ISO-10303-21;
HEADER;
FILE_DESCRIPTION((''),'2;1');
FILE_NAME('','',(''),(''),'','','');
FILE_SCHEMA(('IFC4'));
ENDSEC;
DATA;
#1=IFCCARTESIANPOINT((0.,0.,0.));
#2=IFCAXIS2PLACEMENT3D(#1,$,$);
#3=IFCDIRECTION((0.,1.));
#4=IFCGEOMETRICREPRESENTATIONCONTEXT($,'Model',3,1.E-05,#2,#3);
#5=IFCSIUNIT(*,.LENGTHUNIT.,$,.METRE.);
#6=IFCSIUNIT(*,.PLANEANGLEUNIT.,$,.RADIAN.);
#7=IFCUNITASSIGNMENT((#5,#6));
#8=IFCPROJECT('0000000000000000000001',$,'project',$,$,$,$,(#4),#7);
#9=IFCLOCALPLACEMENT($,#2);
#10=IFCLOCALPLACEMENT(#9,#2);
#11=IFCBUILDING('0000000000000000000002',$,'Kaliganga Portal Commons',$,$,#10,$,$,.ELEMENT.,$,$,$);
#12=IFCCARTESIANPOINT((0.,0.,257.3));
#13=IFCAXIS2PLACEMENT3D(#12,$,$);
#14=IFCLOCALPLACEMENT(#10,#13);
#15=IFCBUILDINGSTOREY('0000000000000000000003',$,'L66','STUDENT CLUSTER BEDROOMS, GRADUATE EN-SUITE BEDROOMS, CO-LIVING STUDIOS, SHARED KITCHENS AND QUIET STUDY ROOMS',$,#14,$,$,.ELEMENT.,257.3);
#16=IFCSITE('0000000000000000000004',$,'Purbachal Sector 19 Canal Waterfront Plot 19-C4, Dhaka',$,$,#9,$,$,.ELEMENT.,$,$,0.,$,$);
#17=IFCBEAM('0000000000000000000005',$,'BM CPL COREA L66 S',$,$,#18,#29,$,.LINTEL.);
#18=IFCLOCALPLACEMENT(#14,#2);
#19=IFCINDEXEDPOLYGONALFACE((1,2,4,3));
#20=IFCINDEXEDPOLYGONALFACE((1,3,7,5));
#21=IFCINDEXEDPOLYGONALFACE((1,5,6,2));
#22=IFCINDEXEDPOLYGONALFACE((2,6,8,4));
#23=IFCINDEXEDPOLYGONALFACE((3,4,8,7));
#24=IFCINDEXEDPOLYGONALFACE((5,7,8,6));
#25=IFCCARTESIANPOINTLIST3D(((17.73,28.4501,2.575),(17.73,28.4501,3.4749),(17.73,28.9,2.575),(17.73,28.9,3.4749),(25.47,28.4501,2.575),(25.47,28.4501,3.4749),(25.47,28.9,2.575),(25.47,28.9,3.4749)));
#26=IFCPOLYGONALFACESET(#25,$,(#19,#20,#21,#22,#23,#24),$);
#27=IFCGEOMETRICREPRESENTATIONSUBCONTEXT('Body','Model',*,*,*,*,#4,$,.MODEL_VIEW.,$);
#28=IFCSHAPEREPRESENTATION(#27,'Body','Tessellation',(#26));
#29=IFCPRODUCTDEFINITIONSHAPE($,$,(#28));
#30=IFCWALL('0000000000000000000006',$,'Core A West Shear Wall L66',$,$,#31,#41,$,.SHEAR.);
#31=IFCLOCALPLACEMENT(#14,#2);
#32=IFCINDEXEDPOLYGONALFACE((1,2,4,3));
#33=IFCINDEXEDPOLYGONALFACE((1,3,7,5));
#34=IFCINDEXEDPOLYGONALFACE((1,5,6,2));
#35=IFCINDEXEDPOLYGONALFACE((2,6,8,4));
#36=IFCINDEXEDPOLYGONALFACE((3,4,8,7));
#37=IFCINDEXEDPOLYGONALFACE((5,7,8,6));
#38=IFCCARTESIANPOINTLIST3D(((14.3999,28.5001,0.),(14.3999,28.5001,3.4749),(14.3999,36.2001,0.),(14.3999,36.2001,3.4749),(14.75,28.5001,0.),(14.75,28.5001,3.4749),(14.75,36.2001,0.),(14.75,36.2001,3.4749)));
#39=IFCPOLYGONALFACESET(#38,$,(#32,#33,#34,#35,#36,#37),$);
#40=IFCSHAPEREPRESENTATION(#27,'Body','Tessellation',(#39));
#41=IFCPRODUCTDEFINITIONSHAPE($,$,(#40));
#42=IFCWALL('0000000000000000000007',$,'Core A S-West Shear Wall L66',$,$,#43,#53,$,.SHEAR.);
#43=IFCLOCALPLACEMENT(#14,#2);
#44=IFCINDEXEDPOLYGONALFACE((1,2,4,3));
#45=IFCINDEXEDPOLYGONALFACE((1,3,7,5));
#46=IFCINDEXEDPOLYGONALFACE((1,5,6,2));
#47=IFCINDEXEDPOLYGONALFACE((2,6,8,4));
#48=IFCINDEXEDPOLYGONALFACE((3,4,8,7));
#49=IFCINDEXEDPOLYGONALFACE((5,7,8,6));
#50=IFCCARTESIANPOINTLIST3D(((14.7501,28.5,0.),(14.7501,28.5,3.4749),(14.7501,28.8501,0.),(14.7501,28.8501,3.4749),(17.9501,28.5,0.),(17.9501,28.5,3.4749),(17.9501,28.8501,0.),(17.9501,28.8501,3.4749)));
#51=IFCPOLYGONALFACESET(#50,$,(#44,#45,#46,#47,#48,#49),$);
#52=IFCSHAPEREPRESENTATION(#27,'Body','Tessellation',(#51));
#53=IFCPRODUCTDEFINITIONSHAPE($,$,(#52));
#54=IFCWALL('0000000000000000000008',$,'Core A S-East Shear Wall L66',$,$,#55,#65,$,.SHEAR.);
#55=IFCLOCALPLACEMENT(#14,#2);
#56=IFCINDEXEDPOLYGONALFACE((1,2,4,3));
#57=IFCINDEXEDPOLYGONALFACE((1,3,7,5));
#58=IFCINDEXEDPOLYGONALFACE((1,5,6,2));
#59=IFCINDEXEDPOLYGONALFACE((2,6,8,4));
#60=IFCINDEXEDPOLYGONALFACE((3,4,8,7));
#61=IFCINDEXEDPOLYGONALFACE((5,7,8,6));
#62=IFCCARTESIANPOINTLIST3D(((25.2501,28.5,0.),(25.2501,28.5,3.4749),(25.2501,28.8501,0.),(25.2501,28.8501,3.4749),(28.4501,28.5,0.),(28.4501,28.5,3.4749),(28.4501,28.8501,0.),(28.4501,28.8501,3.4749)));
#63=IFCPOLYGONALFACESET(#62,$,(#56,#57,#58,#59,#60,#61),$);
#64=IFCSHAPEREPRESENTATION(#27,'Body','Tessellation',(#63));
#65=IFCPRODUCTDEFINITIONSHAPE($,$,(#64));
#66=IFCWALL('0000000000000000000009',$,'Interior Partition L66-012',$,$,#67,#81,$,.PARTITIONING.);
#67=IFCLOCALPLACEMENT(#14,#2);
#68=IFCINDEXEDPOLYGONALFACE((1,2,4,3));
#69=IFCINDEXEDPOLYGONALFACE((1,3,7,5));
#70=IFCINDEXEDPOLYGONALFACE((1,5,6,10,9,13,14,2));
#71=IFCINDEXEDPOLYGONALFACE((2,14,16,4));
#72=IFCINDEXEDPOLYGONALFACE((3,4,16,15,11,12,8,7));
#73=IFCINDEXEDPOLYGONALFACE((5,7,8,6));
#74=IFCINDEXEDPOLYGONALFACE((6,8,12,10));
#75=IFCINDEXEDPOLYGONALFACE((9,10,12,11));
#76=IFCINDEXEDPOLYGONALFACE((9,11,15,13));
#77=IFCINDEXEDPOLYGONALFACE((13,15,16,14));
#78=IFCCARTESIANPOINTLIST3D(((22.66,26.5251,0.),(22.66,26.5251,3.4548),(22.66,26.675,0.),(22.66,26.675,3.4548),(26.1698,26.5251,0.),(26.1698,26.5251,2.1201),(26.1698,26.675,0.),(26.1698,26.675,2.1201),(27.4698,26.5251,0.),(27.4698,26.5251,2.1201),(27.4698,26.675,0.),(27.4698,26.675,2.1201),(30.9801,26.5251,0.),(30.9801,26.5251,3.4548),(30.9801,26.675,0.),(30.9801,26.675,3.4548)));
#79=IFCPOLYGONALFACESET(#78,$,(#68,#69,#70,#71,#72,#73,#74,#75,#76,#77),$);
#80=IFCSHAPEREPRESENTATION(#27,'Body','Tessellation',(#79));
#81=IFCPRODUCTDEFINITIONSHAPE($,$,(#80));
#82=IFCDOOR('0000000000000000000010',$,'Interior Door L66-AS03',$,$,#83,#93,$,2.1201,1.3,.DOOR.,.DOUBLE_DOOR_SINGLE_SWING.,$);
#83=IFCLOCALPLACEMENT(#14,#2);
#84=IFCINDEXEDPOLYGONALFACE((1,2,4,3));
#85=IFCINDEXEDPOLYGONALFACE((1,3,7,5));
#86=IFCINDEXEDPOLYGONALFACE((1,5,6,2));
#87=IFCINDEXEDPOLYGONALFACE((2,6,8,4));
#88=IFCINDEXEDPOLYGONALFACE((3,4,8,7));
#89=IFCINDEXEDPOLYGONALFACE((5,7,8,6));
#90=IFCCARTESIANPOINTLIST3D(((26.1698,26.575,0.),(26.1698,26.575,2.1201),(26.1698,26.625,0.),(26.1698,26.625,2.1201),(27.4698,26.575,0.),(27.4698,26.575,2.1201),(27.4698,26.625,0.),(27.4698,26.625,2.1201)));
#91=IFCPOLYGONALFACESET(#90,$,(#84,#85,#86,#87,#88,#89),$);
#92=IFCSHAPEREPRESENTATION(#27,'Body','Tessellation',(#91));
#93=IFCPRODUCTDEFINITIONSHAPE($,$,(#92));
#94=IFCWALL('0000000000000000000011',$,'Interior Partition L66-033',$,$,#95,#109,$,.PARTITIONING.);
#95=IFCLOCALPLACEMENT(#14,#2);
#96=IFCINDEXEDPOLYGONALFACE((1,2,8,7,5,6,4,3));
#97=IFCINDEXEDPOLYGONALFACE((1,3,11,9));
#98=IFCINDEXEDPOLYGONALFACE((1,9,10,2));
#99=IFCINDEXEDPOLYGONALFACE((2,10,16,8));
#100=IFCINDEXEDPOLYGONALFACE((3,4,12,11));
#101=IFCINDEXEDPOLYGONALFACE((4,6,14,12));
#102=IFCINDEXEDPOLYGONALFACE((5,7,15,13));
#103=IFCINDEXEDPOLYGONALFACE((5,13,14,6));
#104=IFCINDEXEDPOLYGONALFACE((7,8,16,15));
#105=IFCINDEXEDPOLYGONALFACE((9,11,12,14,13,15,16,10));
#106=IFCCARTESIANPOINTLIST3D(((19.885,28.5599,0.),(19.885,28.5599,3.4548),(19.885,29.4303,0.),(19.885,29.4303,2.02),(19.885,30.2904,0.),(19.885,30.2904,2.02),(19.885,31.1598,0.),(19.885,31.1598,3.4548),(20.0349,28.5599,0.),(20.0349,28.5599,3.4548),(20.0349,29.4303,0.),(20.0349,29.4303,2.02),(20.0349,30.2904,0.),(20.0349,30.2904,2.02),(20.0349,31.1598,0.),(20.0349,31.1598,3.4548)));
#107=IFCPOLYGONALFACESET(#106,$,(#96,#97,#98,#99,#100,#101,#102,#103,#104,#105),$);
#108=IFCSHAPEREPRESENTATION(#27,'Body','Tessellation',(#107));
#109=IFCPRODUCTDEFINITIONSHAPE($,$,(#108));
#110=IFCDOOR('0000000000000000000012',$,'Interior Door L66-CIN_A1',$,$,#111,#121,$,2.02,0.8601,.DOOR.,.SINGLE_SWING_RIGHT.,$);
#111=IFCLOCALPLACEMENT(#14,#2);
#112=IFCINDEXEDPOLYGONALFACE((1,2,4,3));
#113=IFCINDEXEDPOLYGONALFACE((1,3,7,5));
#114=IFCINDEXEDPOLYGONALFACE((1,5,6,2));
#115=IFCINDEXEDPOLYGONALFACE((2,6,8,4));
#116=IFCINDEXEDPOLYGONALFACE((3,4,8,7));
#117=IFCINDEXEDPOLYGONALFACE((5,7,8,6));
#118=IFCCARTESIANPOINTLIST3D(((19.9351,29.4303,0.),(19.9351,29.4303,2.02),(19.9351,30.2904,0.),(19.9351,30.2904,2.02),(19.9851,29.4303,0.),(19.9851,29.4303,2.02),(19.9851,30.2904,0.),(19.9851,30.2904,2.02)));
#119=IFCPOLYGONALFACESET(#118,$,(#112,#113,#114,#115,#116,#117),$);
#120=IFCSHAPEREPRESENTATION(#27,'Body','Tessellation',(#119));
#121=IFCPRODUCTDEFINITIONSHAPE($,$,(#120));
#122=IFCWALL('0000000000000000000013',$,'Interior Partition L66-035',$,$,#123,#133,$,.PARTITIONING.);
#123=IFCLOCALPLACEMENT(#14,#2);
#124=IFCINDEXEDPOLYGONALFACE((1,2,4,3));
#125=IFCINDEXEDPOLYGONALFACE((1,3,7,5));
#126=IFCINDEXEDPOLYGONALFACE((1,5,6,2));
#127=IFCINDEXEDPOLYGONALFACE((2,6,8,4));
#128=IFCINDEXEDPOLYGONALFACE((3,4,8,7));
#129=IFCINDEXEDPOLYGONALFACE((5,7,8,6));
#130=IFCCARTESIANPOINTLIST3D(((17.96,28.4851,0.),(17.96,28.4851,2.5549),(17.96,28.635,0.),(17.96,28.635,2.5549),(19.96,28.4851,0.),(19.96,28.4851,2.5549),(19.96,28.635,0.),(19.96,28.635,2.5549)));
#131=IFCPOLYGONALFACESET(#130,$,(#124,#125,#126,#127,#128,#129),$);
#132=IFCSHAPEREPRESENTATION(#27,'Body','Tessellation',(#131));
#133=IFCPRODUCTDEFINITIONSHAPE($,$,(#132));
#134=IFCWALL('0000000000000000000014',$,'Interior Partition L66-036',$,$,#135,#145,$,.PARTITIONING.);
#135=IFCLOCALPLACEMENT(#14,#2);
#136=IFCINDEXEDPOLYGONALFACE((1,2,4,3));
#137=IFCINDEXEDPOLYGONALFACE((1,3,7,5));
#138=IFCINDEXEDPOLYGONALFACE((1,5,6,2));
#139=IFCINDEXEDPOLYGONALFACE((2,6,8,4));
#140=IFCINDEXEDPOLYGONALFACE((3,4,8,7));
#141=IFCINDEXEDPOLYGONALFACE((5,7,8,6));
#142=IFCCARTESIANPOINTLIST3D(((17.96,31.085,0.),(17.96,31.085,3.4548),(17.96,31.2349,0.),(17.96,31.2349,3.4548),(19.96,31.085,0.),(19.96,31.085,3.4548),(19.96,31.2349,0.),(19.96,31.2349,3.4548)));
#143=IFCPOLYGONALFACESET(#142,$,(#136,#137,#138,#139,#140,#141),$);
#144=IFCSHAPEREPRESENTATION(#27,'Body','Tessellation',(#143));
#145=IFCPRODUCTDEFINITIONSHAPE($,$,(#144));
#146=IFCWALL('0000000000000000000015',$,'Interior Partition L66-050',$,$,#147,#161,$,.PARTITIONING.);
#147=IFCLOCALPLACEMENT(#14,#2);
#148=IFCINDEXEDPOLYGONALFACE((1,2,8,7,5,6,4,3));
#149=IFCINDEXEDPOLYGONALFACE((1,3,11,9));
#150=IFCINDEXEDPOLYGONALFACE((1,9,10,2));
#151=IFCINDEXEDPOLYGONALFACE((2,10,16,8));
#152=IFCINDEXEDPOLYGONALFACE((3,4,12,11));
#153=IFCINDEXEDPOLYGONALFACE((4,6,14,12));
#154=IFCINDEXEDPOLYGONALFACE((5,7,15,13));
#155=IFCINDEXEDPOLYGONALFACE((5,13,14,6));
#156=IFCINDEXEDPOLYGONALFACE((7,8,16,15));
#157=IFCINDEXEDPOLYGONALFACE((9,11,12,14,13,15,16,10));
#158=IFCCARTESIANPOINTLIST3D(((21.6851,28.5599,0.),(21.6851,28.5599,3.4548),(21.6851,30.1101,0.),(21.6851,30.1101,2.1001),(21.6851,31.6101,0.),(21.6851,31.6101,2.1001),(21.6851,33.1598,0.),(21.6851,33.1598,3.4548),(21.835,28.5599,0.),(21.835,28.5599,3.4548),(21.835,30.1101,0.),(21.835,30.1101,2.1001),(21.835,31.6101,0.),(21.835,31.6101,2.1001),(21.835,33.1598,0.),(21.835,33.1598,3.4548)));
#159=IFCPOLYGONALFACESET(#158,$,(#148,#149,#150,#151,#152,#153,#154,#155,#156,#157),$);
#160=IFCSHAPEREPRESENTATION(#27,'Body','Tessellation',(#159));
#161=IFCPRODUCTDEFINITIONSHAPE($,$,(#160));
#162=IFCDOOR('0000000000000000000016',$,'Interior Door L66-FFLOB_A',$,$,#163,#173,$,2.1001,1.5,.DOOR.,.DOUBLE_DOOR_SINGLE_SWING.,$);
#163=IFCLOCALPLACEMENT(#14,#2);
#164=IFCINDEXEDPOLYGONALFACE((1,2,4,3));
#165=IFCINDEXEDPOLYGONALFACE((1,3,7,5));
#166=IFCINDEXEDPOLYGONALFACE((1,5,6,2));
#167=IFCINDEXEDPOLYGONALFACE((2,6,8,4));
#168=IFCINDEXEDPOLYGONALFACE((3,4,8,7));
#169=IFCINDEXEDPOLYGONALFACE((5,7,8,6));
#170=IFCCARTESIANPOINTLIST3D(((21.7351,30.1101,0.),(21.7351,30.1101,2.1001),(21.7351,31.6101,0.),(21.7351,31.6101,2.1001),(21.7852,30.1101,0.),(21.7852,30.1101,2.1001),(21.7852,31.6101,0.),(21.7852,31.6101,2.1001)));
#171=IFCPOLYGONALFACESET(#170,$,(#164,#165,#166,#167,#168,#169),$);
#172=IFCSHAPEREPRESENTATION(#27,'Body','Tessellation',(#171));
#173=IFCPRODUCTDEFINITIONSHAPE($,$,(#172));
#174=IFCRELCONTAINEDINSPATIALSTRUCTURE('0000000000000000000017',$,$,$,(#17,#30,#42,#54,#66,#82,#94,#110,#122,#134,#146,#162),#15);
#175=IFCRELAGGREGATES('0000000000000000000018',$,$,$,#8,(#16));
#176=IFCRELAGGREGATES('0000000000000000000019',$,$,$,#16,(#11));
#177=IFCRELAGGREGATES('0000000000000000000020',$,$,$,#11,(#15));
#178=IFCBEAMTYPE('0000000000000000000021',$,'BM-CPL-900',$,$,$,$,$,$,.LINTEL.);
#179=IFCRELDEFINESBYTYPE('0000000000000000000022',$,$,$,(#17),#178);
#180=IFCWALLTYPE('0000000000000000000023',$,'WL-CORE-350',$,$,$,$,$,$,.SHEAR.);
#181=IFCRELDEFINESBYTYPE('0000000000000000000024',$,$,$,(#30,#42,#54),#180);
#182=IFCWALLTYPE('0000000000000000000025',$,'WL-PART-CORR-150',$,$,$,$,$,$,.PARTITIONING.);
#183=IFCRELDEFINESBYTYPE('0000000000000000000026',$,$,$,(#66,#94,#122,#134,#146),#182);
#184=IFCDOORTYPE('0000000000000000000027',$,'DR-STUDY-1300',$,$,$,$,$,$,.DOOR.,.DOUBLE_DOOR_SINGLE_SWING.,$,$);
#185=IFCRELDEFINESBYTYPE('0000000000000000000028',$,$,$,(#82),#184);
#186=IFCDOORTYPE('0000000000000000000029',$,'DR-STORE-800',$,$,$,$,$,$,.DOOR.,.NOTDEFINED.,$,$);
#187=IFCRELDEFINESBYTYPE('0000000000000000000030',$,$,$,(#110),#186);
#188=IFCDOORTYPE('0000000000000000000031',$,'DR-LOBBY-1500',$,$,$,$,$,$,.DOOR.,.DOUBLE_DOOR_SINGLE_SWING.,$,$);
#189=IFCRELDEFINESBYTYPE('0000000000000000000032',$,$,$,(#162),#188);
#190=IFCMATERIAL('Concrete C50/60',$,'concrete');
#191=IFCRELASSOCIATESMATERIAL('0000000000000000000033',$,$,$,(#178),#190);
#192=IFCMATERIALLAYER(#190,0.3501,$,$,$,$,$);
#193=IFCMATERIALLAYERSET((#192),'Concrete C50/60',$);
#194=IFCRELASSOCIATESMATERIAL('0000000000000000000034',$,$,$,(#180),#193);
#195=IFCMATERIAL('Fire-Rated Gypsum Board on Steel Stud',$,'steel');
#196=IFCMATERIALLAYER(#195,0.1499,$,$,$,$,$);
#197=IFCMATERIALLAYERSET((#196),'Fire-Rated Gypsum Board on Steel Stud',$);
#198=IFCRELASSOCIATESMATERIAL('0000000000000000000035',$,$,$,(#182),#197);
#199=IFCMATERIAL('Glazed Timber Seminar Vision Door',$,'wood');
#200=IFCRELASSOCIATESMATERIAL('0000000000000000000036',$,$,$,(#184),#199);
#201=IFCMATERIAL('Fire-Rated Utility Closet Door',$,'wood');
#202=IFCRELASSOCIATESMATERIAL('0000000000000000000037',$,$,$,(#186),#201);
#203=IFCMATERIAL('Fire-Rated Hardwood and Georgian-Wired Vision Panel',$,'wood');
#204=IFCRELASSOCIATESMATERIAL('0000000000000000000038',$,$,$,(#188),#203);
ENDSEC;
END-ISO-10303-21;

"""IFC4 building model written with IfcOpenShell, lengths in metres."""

from ifc_helpers import new_model, si_unit, direction, frame, frame_2d, origin, origin_2d, place, context, subcontext, project, spatial, rectangle, extrude, source, transform, mapped, material, layer, layer_set, material_profile, profile_set, type_object, element, fill, save


model = new_model("IFC4")

# Units and contexts
model_context = context("Model", 3, precision=1e-05, world=origin(), true_north=direction((0.0, 1.0)))
body_context = subcontext(model_context, "Body", "Model", "MODEL_VIEW")
ifc_project = project(units=[si_unit("LENGTHUNIT", "METRE"), si_unit("PLANEANGLEUNIT", "RADIAN")], contexts=[model_context])

# Site, building, storey
site_placement = place(None, origin())
site = spatial("IfcSite", under=ifc_project, at=site_placement, Name="Purbachal Sector 19 Canal Waterfront Plot 19-C4, Dhaka", CompositionType="ELEMENT", RefElevation=0.0)
building_placement = place(site_placement, origin())
building = spatial("IfcBuilding", under=site, at=building_placement, Name="Kaliganga Portal Commons", CompositionType="ELEMENT")
storey_placement = place(building_placement, frame((0.0, 0.0, 257.3)))
storey = spatial("IfcBuildingStorey", under=building, at=storey_placement, Name="L66", Description="STUDENT CLUSTER BEDROOMS, GRADUATE EN-SUITE BEDROOMS, CO-LIVING STUDIOS, SHARED KITCHENS AND QUIET STUDY ROOMS", CompositionType="ELEMENT", Elevation=257.3)

# Beam
ifc_material_1 = material(Name="Concrete C50/60", Category="concrete")
ifc_material_profile = material_profile(ifc_material_1, rectangle(XDim=0.45, YDim=0.8999, at=origin_2d()), Name="RC 450x900")
ifc_profile_set = profile_set([ifc_material_profile], Name="Concrete C50/60")
beam_type = type_object("IfcBeamType", Name="BM-CPL-900", PredefinedType="LINTEL", material=ifc_profile_set)
shared_shape = source(origin(), body_context, "Body", "SweptSolid", [
    extrude(rectangle(XDim=0.45, YDim=0.8999, at=origin_2d()), origin(), (0.0, 0.0, 1.0), 7.74),
])
beam_placement = place(storey_placement, frame((17.73, 28.675, 3.0249), z_axis=(1.0, 0.0, 0.0), x_axis=(0.0, 1.0, 0.0)))
element("IfcBeam", 1, at=beam_placement, inside=storey, type_object=beam_type, Name="BM CPL COREA L66 S", PredefinedType="LINTEL", context=body_context, shape_type="MappedRepresentation", body=[
    mapped(shared_shape, transform((0.0, 0.0, 0.0), x_axis=(1.0, 0.0, 0.0), y_axis=(0.0, 1.0, 0.0), z_axis=(0.0, 0.0, 1.0), scale=1.0)),
])

# Walls
ifc_layer_1 = layer(ifc_material_1, 0.3501)
ifc_layer_set_1 = layer_set([ifc_layer_1], Name="Concrete C50/60")
wall_type_1 = type_object("IfcWallType", Name="WL-CORE-350", PredefinedType="SHEAR", material=ifc_layer_set_1)
wall_1_placement = place(storey_placement, frame((14.575, 28.5, 0.0), z_axis=(0.0, 0.0, 1.0), x_axis=(0.0, 1.0, 0.0)))
element("IfcWall", 2, at=wall_1_placement, inside=storey, type_object=wall_type_1, Name="Core A West Shear Wall L66", PredefinedType="SHEAR", context=body_context, shape_type="SweptSolid", body=[
    extrude(rectangle(XDim=7.7, YDim=0.3501, at=frame_2d((3.8501, 0.0))), origin(), (0.0, 0.0, 1.0), 3.4749),
])
for number, where, z_axis, x_axis, name in (
    (3, (14.75, 28.675, 0.0), (0.0, 0.0, 1.0), (1.0, 0.0, 0.0), "Core A S-West Shear Wall L66"),
    (4, (25.25, 28.675, 0.0), (0.0, 0.0, 1.0), (1.0, 0.0, 0.0), "Core A S-East Shear Wall L66"),
):
    element("IfcWall", number, at=place(storey_placement, frame(where, z_axis=z_axis, x_axis=x_axis)), inside=storey, type_object=wall_type_1, Name=name, PredefinedType="SHEAR", context=body_context, shape_type="SweptSolid", body=[
        extrude(rectangle(XDim=3.2, YDim=0.3501, at=frame_2d((1.6001, 0.0))), origin(), (0.0, 0.0, 1.0), 3.4749),
    ])

# Walls, openings, doors
ifc_material_2 = material(Name="Fire-Rated Gypsum Board on Steel Stud", Category="steel")
ifc_layer_2 = layer(ifc_material_2, 0.1499)
ifc_layer_set_2 = layer_set([ifc_layer_2], Name="Fire-Rated Gypsum Board on Steel Stud")
wall_type_2 = type_object("IfcWallType", Name="WL-PART-CORR-150", PredefinedType="PARTITIONING", material=ifc_layer_set_2)
wall_2_placement = place(storey_placement, frame((22.6599, 26.6001, 0.0), z_axis=(0.0, 0.0, 1.0), x_axis=(1.0, 0.0, 0.0)))
wall_2 = element("IfcWall", 5, at=wall_2_placement, inside=storey, type_object=wall_type_2, Name="Interior Partition L66-012", PredefinedType="PARTITIONING", context=body_context, shape_type="SweptSolid", body=[
    extrude(rectangle(XDim=8.3201, YDim=0.1499, at=frame_2d((4.1602, 0.0))), origin(), (0.0, 0.0, 1.0), 3.4548),
])
opening_1_placement = place(wall_2_placement, frame((3.51, 0.0, 0.0)))
opening_1 = element("IfcOpeningElement", 6, at=opening_1_placement, cuts=wall_2, PredefinedType="OPENING", context=body_context, shape_type="SweptSolid", body=[
    extrude(rectangle(XDim=1.3, YDim=2.1201, at=frame_2d((0.6499, 1.0601))), frame((0.0, 0.085, 0.0), z_axis=(0.0, -1.0, 0.0), x_axis=(1.0, 0.0, 0.0)), (0.0, 0.0, 1.0), 0.1699),
])
ifc_material_3 = material(Name="Glazed Timber Seminar Vision Door", Category="wood")
door_type_1 = type_object("IfcDoorType", Name="DR-STUDY-1300", OperationType="DOUBLE_DOOR_SINGLE_SWING", PredefinedType="DOOR", material=ifc_material_3)
door_1_placement = place(opening_1_placement, origin())
door_1 = element("IfcDoor", 7, at=door_1_placement, inside=storey, type_object=door_type_1, Name="Interior Door L66-AS03", OperationType="DOUBLE_DOOR_SINGLE_SWING", OverallHeight=2.1201, OverallWidth=1.3, PredefinedType="DOOR", context=body_context, shape_type="SweptSolid", body=[
    extrude(rectangle(XDim=1.3, YDim=2.1201, at=frame_2d((0.6499, 1.0601))), frame((0.0, 0.0249, 0.0), z_axis=(0.0, -1.0, 0.0), x_axis=(1.0, 0.0, 0.0)), (0.0, 0.0, 1.0), 0.05),
])
fill(opening_1, door_1)
wall_3_placement = place(storey_placement, frame((19.96, 28.5601, 0.0), z_axis=(0.0, 0.0, 1.0), x_axis=(0.0, 1.0, 0.0)))
wall_3 = element("IfcWall", 8, at=wall_3_placement, inside=storey, type_object=wall_type_2, Name="Interior Partition L66-033", PredefinedType="PARTITIONING", context=body_context, shape_type="SweptSolid", body=[
    extrude(rectangle(XDim=2.5999, YDim=0.1499, at=frame_2d((1.2998, 0.0))), origin(), (0.0, 0.0, 1.0), 3.4548),
])
opening_2_placement = place(wall_3_placement, frame((0.8701, 0.0, 0.0)))
opening_2 = element("IfcOpeningElement", 9, at=opening_2_placement, cuts=wall_3, PredefinedType="OPENING", context=body_context, shape_type="SweptSolid", body=[
    extrude(rectangle(XDim=0.8601, YDim=2.02, at=frame_2d((0.4302, 1.01))), frame((0.0, 0.085, 0.0), z_axis=(0.0, -1.0, 0.0), x_axis=(1.0, 0.0, 0.0)), (0.0, 0.0, 1.0), 0.1699),
])
ifc_material_4 = material(Name="Fire-Rated Utility Closet Door", Category="wood")
door_type_2 = type_object("IfcDoorType", Name="DR-STORE-800", OperationType="NOTDEFINED", PredefinedType="DOOR", material=ifc_material_4)
door_2_placement = place(opening_2_placement, origin())
door_2 = element("IfcDoor", 10, at=door_2_placement, inside=storey, type_object=door_type_2, Name="Interior Door L66-CIN_A1", OperationType="SINGLE_SWING_RIGHT", OverallHeight=2.02, OverallWidth=0.8601, PredefinedType="DOOR", context=body_context, shape_type="SweptSolid", body=[
    extrude(rectangle(XDim=0.8601, YDim=2.02, at=frame_2d((0.4302, 1.01))), frame((0.0, 0.0249, 0.0), z_axis=(0.0, -1.0, 0.0), x_axis=(1.0, 0.0, 0.0)), (0.0, 0.0, 1.0), 0.05),
])
fill(opening_2, door_2)

# Walls
wall_4_placement = place(storey_placement, frame((17.96, 28.5601, 0.0), z_axis=(0.0, 0.0, 1.0), x_axis=(1.0, 0.0, 0.0)))
element("IfcWall", 11, at=wall_4_placement, inside=storey, type_object=wall_type_2, Name="Interior Partition L66-035", PredefinedType="PARTITIONING", context=body_context, shape_type="SweptSolid", body=[
    extrude(rectangle(XDim=2.0, YDim=0.1499, at=frame_2d((1.0, 0.0))), origin(), (0.0, 0.0, 1.0), 2.5549),
])
wall_5_placement = place(storey_placement, frame((17.96, 31.1599, 0.0), z_axis=(0.0, 0.0, 1.0), x_axis=(1.0, 0.0, 0.0)))
element("IfcWall", 12, at=wall_5_placement, inside=storey, type_object=wall_type_2, Name="Interior Partition L66-036", PredefinedType="PARTITIONING", context=body_context, shape_type="SweptSolid", body=[
    extrude(rectangle(XDim=2.0, YDim=0.1499, at=frame_2d((1.0, 0.0))), origin(), (0.0, 0.0, 1.0), 3.4548),
])

# Wall, opening, door
wall_6_placement = place(storey_placement, frame((21.76, 28.5601, 0.0), z_axis=(0.0, 0.0, 1.0), x_axis=(0.0, 1.0, 0.0)))
wall_6 = element("IfcWall", 13, at=wall_6_placement, inside=storey, type_object=wall_type_2, Name="Interior Partition L66-050", PredefinedType="PARTITIONING", context=body_context, shape_type="SweptSolid", body=[
    extrude(rectangle(XDim=4.5999, YDim=0.1499, at=frame_2d((2.2998, 0.0))), origin(), (0.0, 0.0, 1.0), 3.4548),
])
opening_3_placement = place(wall_6_placement, frame((1.55, 0.0, 0.0)))
opening_3 = element("IfcOpeningElement", 14, at=opening_3_placement, cuts=wall_6, PredefinedType="OPENING", context=body_context, shape_type="SweptSolid", body=[
    extrude(rectangle(XDim=1.5, YDim=2.1001, at=frame_2d((0.75, 1.05))), frame((0.0, 0.085, 0.0), z_axis=(0.0, -1.0, 0.0), x_axis=(1.0, 0.0, 0.0)), (0.0, 0.0, 1.0), 0.1699),
])
ifc_material_5 = material(Name="Fire-Rated Hardwood and Georgian-Wired Vision Panel", Category="wood")
door_type_3 = type_object("IfcDoorType", Name="DR-LOBBY-1500", OperationType="DOUBLE_DOOR_SINGLE_SWING", PredefinedType="DOOR", material=ifc_material_5)
door_3_placement = place(opening_3_placement, origin())
door_3 = element("IfcDoor", 15, at=door_3_placement, inside=storey, type_object=door_type_3, Name="Interior Door L66-FFLOB_A", OperationType="DOUBLE_DOOR_SINGLE_SWING", OverallHeight=2.1001, OverallWidth=1.5, PredefinedType="DOOR", context=body_context, shape_type="SweptSolid", body=[
    extrude(rectangle(XDim=1.5, YDim=2.1001, at=frame_2d((0.75, 1.05))), frame((0.0, 0.0249, 0.0), z_axis=(0.0, -1.0, 0.0), x_axis=(1.0, 0.0, 0.0)), (0.0, 0.0, 1.0), 0.05),
])
fill(opening_3, door_3)

save(model, "model.ifc")
